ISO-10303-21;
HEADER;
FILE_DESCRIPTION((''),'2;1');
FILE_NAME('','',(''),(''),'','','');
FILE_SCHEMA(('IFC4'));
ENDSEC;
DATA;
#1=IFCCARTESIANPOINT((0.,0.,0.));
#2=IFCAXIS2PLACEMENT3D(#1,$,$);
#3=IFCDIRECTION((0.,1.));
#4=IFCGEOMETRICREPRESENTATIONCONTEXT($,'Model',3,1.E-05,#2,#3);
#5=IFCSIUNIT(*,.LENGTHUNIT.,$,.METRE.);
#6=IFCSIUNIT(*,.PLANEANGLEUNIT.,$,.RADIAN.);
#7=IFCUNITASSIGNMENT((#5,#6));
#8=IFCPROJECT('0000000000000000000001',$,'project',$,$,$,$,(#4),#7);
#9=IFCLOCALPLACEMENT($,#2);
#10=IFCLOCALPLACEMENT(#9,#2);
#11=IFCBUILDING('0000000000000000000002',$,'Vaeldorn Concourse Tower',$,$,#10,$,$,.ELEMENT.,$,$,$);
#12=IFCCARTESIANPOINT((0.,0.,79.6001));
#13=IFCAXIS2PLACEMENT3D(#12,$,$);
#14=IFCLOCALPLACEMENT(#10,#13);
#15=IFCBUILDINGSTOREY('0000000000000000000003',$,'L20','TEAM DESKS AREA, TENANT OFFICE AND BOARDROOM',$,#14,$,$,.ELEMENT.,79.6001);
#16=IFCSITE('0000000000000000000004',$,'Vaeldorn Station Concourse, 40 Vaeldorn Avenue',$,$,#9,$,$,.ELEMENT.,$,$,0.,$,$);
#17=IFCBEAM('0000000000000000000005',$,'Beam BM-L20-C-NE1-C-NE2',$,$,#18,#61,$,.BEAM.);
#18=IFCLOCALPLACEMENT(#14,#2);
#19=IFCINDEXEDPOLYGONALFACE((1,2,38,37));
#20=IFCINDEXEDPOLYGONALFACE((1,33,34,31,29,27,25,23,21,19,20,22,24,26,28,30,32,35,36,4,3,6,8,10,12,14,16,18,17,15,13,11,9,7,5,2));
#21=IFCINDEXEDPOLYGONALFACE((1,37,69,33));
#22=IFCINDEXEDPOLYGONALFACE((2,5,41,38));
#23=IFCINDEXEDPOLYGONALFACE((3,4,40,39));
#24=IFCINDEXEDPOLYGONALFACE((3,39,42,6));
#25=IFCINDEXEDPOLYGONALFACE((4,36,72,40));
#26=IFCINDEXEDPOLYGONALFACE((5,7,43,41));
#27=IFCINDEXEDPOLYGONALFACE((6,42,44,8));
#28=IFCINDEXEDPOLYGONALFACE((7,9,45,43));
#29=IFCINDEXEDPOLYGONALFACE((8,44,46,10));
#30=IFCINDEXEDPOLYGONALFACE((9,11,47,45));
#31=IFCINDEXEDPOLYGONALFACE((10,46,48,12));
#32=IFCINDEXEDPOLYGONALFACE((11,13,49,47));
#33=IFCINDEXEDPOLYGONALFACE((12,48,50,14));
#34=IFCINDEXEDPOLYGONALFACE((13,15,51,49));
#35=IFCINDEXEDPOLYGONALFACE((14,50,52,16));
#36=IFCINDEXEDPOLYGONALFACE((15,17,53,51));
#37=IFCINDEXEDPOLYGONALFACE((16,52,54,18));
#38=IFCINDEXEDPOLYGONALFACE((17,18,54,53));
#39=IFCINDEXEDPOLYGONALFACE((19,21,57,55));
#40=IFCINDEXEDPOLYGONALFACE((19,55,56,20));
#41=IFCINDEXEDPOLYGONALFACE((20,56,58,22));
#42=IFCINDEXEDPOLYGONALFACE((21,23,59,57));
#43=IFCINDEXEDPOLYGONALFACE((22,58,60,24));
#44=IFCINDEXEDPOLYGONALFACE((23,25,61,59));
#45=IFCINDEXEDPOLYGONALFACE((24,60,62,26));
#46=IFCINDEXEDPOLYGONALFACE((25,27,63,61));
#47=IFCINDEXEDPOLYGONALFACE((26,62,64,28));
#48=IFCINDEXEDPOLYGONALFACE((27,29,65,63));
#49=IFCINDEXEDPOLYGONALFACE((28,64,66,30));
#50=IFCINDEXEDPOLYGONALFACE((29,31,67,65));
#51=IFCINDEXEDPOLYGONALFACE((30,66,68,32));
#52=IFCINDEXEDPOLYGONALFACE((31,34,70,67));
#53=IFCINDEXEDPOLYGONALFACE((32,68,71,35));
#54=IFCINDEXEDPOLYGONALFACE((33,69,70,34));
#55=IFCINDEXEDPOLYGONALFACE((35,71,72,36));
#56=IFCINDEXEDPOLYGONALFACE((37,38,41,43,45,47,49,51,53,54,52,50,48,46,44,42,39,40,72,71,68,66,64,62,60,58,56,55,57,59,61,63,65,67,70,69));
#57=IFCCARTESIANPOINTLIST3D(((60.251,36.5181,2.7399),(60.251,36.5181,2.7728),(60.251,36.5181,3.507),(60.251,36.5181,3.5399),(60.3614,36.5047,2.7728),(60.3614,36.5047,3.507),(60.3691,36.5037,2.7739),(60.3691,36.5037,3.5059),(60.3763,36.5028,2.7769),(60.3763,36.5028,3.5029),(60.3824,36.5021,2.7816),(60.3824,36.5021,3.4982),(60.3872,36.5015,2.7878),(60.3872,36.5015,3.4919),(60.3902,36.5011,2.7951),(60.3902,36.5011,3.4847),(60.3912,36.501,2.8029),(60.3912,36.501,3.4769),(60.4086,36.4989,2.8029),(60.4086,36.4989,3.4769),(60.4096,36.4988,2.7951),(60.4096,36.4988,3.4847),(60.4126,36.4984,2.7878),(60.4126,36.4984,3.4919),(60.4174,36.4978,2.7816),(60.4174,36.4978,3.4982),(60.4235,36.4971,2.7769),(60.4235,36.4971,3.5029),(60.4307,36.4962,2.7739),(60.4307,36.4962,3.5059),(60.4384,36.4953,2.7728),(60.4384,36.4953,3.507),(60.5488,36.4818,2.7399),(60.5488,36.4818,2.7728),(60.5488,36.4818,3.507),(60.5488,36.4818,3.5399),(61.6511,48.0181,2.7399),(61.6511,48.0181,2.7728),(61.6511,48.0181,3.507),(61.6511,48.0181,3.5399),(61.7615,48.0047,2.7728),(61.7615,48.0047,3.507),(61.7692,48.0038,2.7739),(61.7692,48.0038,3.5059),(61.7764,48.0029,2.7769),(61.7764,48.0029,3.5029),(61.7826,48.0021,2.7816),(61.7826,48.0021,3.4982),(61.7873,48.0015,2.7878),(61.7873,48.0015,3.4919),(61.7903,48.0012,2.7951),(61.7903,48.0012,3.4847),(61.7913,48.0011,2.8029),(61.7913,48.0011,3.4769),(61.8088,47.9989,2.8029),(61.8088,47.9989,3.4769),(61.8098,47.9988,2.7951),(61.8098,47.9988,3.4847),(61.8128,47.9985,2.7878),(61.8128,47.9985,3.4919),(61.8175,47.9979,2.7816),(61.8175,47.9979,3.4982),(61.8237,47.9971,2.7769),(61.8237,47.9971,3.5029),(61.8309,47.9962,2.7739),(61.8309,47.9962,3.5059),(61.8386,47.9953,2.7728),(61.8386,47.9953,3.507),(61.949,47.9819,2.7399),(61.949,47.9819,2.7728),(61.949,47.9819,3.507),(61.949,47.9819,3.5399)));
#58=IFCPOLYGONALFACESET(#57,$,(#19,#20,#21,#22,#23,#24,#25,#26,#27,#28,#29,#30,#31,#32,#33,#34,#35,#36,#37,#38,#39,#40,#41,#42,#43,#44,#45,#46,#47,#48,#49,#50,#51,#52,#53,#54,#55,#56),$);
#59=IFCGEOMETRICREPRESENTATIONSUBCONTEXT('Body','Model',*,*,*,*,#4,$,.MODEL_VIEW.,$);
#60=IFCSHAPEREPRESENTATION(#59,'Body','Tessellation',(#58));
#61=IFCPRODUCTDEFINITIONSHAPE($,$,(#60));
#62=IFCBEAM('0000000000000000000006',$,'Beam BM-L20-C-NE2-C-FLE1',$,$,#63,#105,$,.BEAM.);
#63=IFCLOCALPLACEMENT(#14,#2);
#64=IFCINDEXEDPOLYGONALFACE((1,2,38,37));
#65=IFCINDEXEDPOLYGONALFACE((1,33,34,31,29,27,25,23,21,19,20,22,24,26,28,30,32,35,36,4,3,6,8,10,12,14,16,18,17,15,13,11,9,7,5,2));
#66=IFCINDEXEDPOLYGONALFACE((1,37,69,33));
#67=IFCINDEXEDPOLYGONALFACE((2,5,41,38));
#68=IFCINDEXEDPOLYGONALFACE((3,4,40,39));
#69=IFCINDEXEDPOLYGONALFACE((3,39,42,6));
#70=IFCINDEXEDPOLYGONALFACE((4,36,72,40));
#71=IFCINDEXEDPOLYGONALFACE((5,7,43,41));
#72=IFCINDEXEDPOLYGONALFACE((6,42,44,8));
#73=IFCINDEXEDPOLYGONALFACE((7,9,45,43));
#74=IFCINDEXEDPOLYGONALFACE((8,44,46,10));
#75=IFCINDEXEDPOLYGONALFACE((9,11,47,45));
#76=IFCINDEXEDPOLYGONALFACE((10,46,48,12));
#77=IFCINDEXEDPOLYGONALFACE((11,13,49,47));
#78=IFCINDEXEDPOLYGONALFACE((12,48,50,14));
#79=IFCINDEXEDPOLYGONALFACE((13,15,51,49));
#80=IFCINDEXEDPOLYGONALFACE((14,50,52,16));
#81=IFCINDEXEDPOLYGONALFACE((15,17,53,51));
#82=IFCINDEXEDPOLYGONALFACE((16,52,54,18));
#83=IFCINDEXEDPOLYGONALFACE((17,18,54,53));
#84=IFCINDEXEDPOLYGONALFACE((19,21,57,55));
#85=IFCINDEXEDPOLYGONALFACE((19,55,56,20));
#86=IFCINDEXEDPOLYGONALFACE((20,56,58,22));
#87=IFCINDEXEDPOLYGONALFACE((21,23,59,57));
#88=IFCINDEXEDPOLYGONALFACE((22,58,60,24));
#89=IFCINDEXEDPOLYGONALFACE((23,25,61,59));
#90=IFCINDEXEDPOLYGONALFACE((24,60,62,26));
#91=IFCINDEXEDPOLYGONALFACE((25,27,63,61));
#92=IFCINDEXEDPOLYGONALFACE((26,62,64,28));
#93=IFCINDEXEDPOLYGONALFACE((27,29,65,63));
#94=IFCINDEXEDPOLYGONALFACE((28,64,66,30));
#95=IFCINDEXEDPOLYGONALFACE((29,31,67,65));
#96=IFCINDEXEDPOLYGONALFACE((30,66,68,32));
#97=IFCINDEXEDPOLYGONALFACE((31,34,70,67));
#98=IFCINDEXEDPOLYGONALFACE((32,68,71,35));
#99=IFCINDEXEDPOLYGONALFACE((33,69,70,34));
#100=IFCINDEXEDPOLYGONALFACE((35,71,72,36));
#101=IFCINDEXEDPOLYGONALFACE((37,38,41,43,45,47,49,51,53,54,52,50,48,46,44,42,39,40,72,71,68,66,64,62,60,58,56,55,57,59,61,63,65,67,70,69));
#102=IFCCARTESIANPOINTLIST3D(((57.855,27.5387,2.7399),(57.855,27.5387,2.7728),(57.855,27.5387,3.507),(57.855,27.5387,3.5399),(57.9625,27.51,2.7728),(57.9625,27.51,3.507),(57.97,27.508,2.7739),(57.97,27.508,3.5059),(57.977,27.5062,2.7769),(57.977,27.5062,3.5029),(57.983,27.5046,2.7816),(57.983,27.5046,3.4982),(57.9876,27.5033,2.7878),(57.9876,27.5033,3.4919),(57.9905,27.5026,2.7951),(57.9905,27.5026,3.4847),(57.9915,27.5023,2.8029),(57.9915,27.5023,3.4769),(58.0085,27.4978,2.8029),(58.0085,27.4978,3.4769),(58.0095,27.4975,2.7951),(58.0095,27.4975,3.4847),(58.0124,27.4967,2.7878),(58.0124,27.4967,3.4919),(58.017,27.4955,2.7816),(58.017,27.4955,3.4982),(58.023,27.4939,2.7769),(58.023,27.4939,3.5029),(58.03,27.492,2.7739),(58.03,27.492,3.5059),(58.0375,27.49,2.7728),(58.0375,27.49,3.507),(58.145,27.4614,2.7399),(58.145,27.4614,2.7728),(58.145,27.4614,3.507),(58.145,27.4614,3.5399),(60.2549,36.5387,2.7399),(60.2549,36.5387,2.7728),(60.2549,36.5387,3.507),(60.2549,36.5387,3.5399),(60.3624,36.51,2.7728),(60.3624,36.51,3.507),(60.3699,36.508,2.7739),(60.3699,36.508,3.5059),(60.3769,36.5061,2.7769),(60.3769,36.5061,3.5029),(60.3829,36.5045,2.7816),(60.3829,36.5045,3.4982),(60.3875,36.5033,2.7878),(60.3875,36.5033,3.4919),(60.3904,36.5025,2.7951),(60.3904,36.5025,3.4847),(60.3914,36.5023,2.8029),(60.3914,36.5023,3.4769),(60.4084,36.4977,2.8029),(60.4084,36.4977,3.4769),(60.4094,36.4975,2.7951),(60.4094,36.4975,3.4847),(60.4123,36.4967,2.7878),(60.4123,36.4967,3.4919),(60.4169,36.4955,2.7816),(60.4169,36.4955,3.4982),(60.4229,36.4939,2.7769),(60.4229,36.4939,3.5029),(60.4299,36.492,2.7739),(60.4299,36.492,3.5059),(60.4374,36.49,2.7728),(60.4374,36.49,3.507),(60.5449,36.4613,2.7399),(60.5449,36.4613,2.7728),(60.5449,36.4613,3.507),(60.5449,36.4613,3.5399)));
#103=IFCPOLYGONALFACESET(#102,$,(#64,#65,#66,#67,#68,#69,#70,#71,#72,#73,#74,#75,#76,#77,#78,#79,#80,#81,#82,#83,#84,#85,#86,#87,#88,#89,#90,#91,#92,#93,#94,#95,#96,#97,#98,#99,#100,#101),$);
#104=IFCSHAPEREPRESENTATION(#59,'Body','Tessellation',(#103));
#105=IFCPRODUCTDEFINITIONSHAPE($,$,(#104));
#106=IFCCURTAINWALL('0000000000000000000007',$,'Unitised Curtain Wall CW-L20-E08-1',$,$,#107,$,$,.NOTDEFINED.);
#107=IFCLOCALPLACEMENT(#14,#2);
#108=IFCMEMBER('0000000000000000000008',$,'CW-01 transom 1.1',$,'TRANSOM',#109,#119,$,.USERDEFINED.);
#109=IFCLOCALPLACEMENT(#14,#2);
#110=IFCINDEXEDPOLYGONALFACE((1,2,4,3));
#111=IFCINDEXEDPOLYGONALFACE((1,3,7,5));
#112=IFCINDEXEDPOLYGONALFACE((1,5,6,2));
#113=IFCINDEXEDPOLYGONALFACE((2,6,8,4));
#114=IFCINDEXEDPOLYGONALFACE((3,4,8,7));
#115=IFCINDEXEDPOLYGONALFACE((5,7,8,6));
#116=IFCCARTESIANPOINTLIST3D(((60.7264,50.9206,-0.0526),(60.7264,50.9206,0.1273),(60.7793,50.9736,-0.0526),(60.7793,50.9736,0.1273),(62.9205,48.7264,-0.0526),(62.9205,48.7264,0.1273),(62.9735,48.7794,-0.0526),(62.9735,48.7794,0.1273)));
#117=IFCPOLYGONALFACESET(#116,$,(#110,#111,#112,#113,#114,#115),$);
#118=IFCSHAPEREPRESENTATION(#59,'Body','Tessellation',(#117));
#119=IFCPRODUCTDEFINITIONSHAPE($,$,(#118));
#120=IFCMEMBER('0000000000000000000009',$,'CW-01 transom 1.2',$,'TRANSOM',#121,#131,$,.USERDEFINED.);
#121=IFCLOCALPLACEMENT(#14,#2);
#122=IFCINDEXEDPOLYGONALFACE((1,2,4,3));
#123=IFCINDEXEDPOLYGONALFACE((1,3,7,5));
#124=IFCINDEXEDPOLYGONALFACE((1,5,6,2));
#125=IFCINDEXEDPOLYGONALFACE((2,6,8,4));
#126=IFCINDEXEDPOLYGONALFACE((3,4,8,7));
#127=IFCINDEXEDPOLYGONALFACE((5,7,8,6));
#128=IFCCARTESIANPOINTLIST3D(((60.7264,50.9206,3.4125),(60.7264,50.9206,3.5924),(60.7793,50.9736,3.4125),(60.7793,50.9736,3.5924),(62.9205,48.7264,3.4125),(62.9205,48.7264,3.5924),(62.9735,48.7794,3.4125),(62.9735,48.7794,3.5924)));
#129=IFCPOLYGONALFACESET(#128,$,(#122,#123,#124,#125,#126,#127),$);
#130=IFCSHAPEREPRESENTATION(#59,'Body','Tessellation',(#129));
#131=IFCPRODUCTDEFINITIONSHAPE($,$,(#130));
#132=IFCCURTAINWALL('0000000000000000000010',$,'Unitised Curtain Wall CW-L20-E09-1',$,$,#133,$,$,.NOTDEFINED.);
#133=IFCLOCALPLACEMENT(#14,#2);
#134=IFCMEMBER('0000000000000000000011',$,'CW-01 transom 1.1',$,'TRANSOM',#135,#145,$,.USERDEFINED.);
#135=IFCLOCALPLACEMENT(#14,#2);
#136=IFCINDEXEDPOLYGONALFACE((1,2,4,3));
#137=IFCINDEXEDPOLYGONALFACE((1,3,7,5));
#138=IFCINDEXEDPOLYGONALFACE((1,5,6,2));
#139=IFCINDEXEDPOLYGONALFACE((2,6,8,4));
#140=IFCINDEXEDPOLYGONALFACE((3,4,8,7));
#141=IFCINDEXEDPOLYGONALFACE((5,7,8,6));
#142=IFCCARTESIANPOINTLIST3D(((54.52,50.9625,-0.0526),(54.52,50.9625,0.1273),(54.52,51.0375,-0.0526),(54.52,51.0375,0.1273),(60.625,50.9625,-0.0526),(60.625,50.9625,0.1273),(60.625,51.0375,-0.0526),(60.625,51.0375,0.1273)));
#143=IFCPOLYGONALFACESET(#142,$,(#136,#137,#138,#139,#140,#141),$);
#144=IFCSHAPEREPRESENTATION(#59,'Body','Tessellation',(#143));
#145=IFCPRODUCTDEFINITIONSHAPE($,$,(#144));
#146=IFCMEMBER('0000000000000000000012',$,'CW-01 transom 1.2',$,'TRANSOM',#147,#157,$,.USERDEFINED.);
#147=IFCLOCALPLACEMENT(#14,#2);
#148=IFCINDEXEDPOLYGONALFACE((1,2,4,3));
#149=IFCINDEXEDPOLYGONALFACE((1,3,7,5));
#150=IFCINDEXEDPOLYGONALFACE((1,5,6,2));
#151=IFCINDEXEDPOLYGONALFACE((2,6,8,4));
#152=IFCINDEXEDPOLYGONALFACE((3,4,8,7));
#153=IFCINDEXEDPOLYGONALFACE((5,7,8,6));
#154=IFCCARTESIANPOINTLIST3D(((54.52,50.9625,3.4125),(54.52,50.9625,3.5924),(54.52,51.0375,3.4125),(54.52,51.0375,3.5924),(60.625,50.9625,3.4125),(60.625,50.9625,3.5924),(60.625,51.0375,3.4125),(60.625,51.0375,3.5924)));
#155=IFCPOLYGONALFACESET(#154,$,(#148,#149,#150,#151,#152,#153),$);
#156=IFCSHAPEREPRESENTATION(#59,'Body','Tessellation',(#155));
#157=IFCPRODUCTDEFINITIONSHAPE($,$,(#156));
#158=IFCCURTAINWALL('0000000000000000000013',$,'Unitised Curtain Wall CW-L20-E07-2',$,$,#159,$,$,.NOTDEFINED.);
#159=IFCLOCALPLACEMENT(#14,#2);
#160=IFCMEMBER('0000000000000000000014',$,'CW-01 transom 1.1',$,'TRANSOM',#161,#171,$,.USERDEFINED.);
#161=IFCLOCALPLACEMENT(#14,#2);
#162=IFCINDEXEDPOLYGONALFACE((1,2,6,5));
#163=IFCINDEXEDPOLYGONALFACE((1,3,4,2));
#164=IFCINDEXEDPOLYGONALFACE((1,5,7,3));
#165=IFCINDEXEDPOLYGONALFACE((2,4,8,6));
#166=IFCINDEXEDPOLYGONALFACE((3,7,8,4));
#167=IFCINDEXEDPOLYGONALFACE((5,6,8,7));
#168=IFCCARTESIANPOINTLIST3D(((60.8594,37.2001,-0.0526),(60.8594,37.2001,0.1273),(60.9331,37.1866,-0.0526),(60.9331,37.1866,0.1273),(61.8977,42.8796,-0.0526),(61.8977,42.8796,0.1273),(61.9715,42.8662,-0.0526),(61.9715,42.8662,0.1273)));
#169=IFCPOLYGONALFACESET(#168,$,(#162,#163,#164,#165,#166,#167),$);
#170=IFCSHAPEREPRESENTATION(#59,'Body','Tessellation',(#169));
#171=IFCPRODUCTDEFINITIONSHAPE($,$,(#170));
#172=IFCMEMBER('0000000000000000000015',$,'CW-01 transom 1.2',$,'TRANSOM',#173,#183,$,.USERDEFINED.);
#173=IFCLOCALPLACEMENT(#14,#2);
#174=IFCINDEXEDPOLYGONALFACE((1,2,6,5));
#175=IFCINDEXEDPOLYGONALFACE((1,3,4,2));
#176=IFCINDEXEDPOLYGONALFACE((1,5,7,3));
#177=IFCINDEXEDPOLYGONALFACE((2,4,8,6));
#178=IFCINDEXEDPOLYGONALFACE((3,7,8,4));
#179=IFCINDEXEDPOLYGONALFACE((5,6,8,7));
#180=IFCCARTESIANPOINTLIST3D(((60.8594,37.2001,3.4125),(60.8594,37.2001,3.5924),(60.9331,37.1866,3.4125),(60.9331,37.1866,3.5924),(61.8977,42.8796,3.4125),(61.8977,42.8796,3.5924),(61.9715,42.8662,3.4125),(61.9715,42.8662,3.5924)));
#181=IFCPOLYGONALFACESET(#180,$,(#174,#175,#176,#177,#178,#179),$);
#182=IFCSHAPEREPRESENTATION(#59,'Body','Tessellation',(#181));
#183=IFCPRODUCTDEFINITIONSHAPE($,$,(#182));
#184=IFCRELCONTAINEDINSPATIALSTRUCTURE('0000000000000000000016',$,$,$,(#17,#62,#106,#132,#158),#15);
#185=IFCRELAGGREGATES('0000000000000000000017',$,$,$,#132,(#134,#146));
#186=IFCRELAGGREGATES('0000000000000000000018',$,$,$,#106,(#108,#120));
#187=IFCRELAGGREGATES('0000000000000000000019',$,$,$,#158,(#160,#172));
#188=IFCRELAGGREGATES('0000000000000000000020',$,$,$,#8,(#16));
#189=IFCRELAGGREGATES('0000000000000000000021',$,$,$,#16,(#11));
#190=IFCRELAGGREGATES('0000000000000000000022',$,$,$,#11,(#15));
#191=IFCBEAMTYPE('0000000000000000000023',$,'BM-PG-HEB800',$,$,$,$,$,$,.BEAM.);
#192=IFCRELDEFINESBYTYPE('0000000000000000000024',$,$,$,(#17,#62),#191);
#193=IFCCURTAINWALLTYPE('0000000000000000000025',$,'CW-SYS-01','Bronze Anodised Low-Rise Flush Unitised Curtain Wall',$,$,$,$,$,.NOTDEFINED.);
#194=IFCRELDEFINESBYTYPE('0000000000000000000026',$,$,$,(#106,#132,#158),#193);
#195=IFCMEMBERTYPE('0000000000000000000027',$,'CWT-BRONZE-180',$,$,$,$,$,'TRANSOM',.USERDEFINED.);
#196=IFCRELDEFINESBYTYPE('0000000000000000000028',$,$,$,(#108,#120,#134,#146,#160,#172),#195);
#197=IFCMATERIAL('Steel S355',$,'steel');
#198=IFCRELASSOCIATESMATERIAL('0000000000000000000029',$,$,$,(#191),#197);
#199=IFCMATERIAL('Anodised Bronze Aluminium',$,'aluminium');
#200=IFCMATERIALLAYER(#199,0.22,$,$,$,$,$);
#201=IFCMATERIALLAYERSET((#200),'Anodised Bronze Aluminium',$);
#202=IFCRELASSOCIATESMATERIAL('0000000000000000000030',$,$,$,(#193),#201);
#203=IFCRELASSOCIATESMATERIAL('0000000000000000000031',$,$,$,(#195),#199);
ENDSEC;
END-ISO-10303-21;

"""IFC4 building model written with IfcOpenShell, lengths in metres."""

from ifc_helpers import new_model, si_unit, direction, frame, origin, origin_2d, place, context, subcontext, project, spatial, rectangle, i_section, extrude, source, transform, mapped, material, layer, layer_set, material_profile, profile_set, type_object, element, aggregate, save


model = new_model("IFC4")

# Units and contexts
model_context = context("Model", 3, precision=1e-05, world=origin(), true_north=direction((0.0, 1.0)))
body_context = subcontext(model_context, "Body", "Model", "MODEL_VIEW")
ifc_project = project(units=[si_unit("LENGTHUNIT", "METRE"), si_unit("PLANEANGLEUNIT", "RADIAN")], contexts=[model_context])

# Site, building, storey
site_placement = place(None, origin())
site = spatial("IfcSite", under=ifc_project, at=site_placement, Name="Vaeldorn Station Concourse, 40 Vaeldorn Avenue", CompositionType="ELEMENT", RefElevation=0.0)
building_placement = place(site_placement, origin())
building = spatial("IfcBuilding", under=site, at=building_placement, Name="Vaeldorn Concourse Tower", CompositionType="ELEMENT")
storey_placement = place(building_placement, frame((0.0, 0.0, 79.6001)))
storey = spatial("IfcBuildingStorey", under=building, at=storey_placement, Name="L20", Description="TEAM DESKS AREA, TENANT OFFICE AND BOARDROOM", CompositionType="ELEMENT", Elevation=79.6001)

# Beams
ifc_material_1 = material(Name="Steel S355", Category="steel")
ifc_material_profile_1 = material_profile(ifc_material_1, i_section(OverallWidth=0.3, OverallDepth=0.8, WebThickness=0.0176, FlangeThickness=0.033, FilletRadius=0.03, at=origin_2d()), Name="HEB 800")
ifc_profile_set_1 = profile_set([ifc_material_profile_1], Name="Steel S355")
beam_type = type_object("IfcBeamType", Name="BM-PG-HEB800", PredefinedType="BEAM", material=ifc_profile_set_1)
shared_shape_1 = source(origin(), body_context, "Body", "SweptSolid", [
    extrude(i_section(OverallWidth=0.3, OverallDepth=0.8, WebThickness=0.0176, FlangeThickness=0.033, FilletRadius=0.03, at=origin_2d()), origin(), (0.0, 0.0, 1.0), 11.585),
])
beam_1_placement = place(storey_placement, frame((61.8, 48.0, 3.1399), z_axis=(-0.120859, -0.99267, 0.0), x_axis=(0.99267, -0.120859, 0.0)))
element("IfcBeam", 1, at=beam_1_placement, inside=storey, type_object=beam_type, Name="Beam BM-L20-C-NE1-C-NE2", PredefinedType="BEAM", context=body_context, shape_type="MappedRepresentation", body=[
    mapped(shared_shape_1, transform((0.0, 0.0, 0.0), scale=1.0)),
])
shared_shape_2 = source(origin(), body_context, "Body", "SweptSolid", [
    extrude(i_section(OverallWidth=0.3, OverallDepth=0.8, WebThickness=0.0176, FlangeThickness=0.033, FilletRadius=0.03, at=origin_2d()), origin(), (0.0, 0.0, 1.0), 9.3145),
])
beam_2_placement = place(storey_placement, frame((60.3999, 36.5, 3.1399), z_axis=(-0.257653, -0.966238, 0.0), x_axis=(0.966238, -0.257653, 0.0)))
element("IfcBeam", 2, at=beam_2_placement, inside=storey, type_object=beam_type, Name="Beam BM-L20-C-NE2-C-FLE1", PredefinedType="BEAM", context=body_context, shape_type="MappedRepresentation", body=[
    mapped(shared_shape_2, transform((0.0, 0.0, 0.0), scale=1.0)),
])

# Curtain walls, members
ifc_material_2 = material(Name="Anodised Bronze Aluminium", Category="aluminium")
ifc_layer_1 = layer(ifc_material_2, 0.22)
ifc_layer_set_1 = layer_set([ifc_layer_1], Name="Anodised Bronze Aluminium")
curtain_wall_type = type_object("IfcCurtainWallType", Name="CW-SYS-01", Description="Bronze Anodised Low-Rise Flush Unitised Curtain Wall", PredefinedType="NOTDEFINED", material=ifc_layer_set_1)
curtain_wall_1_placement = place(storey_placement, origin())
curtain_wall_1 = element("IfcCurtainWall", 3, at=curtain_wall_1_placement, inside=storey, type_object=curtain_wall_type, Name="Unitised Curtain Wall CW-L20-E08-1", PredefinedType="NOTDEFINED")
ifc_material_profile_2 = material_profile(ifc_material_2, rectangle(XDim=0.075, YDim=0.1799, at=origin_2d()), Name="CWT 75x180")
ifc_profile_set_2 = profile_set([ifc_material_profile_2], Name="Anodised Bronze Aluminium")
member_type_1 = type_object("IfcMemberType", Name="CWT-BRONZE-180", ElementType="TRANSOM", PredefinedType="USERDEFINED", material=ifc_profile_set_2)
shared_shape_3 = source(origin(), body_context, "Body", "SweptSolid", [
    extrude(rectangle(XDim=0.075, YDim=0.1799, at=origin_2d()), origin(), (0.0, 0.0, 1.0), 3.103),
])
member_1_placement = place(storey_placement, frame((62.947, 48.7529, 0.0374), z_axis=(-0.707107, 0.707107, 0.0), x_axis=(-0.707107, -0.707107, 0.0)))
member_1 = element("IfcMember", 4, at=member_1_placement, type_object=member_type_1, Name="CW-01 transom 1.1", ObjectType="TRANSOM", PredefinedType="USERDEFINED", context=body_context, shape_type="MappedRepresentation", body=[
    mapped(shared_shape_3, transform((0.0, 0.0, 0.0), scale=1.0)),
])
member_2_placement = place(storey_placement, frame((62.947, 48.7529, 3.5024), z_axis=(-0.707107, 0.707107, 0.0), x_axis=(-0.707107, -0.707107, 0.0)))
member_2 = element("IfcMember", 5, at=member_2_placement, type_object=member_type_1, Name="CW-01 transom 1.2", ObjectType="TRANSOM", PredefinedType="USERDEFINED", context=body_context, shape_type="MappedRepresentation", body=[
    mapped(shared_shape_3, transform((0.0, 0.0, 0.0), scale=1.0)),
])
curtain_wall_2_placement = place(storey_placement, origin())
curtain_wall_2 = element("IfcCurtainWall", 6, at=curtain_wall_2_placement, inside=storey, type_object=curtain_wall_type, Name="Unitised Curtain Wall CW-L20-E09-1", PredefinedType="NOTDEFINED")
shared_shape_4 = source(origin(), body_context, "Body", "SweptSolid", [
    extrude(rectangle(XDim=0.075, YDim=0.1799, at=origin_2d()), origin(), (0.0, 0.0, 1.0), 6.105),
])
member_3_placement = place(storey_placement, frame((60.625, 51.0, 0.0374), z_axis=(-1.0, 0.0, 0.0), x_axis=(0.0, -1.0, 0.0)))
member_3 = element("IfcMember", 7, at=member_3_placement, type_object=member_type_1, Name="CW-01 transom 1.1", ObjectType="TRANSOM", PredefinedType="USERDEFINED", context=body_context, shape_type="MappedRepresentation", body=[
    mapped(shared_shape_4, transform((0.0, 0.0, 0.0), scale=1.0)),
])
member_4_placement = place(storey_placement, frame((60.625, 51.0, 3.5024), z_axis=(-1.0, 0.0, 0.0), x_axis=(0.0, -1.0, 0.0)))
member_4 = element("IfcMember", 8, at=member_4_placement, type_object=member_type_1, Name="CW-01 transom 1.2", ObjectType="TRANSOM", PredefinedType="USERDEFINED", context=body_context, shape_type="MappedRepresentation", body=[
    mapped(shared_shape_4, transform((0.0, 0.0, 0.0), scale=1.0)),
])
curtain_wall_3_placement = place(storey_placement, origin())
curtain_wall_3 = element("IfcCurtainWall", 9, at=curtain_wall_3_placement, inside=storey, type_object=curtain_wall_type, Name="Unitised Curtain Wall CW-L20-E07-2", PredefinedType="NOTDEFINED")
shared_shape_5 = source(origin(), body_context, "Body", "SweptSolid", [
    extrude(rectangle(XDim=0.075, YDim=0.1799, at=origin_2d()), origin(), (0.0, 0.0, 1.0), 5.7737),
])
member_5_placement = place(storey_placement, frame((60.8962, 37.1934, 0.0374), z_axis=(0.179842, 0.983696, 0.0), x_axis=(-0.983696, 0.179842, 0.0)))
member_5 = element("IfcMember", 10, at=member_5_placement, type_object=member_type_1, Name="CW-01 transom 1.1", ObjectType="TRANSOM", PredefinedType="USERDEFINED", context=body_context, shape_type="MappedRepresentation", body=[
    mapped(shared_shape_5, transform((0.0, 0.0, 0.0), scale=1.0)),
])
member_6_placement = place(storey_placement, frame((60.8962, 37.1934, 3.5024), z_axis=(0.179842, 0.983696, 0.0), x_axis=(-0.983696, 0.179842, 0.0)))
member_6 = element("IfcMember", 11, at=member_6_placement, type_object=member_type_1, Name="CW-01 transom 1.2", ObjectType="TRANSOM", PredefinedType="USERDEFINED", context=body_context, shape_type="MappedRepresentation", body=[
    mapped(shared_shape_5, transform((0.0, 0.0, 0.0), scale=1.0)),
])

aggregate(curtain_wall_2, [member_3, member_4])

aggregate(curtain_wall_1, [member_1, member_2])
aggregate(curtain_wall_3, [member_5, member_6])

save(model, "model.ifc")
